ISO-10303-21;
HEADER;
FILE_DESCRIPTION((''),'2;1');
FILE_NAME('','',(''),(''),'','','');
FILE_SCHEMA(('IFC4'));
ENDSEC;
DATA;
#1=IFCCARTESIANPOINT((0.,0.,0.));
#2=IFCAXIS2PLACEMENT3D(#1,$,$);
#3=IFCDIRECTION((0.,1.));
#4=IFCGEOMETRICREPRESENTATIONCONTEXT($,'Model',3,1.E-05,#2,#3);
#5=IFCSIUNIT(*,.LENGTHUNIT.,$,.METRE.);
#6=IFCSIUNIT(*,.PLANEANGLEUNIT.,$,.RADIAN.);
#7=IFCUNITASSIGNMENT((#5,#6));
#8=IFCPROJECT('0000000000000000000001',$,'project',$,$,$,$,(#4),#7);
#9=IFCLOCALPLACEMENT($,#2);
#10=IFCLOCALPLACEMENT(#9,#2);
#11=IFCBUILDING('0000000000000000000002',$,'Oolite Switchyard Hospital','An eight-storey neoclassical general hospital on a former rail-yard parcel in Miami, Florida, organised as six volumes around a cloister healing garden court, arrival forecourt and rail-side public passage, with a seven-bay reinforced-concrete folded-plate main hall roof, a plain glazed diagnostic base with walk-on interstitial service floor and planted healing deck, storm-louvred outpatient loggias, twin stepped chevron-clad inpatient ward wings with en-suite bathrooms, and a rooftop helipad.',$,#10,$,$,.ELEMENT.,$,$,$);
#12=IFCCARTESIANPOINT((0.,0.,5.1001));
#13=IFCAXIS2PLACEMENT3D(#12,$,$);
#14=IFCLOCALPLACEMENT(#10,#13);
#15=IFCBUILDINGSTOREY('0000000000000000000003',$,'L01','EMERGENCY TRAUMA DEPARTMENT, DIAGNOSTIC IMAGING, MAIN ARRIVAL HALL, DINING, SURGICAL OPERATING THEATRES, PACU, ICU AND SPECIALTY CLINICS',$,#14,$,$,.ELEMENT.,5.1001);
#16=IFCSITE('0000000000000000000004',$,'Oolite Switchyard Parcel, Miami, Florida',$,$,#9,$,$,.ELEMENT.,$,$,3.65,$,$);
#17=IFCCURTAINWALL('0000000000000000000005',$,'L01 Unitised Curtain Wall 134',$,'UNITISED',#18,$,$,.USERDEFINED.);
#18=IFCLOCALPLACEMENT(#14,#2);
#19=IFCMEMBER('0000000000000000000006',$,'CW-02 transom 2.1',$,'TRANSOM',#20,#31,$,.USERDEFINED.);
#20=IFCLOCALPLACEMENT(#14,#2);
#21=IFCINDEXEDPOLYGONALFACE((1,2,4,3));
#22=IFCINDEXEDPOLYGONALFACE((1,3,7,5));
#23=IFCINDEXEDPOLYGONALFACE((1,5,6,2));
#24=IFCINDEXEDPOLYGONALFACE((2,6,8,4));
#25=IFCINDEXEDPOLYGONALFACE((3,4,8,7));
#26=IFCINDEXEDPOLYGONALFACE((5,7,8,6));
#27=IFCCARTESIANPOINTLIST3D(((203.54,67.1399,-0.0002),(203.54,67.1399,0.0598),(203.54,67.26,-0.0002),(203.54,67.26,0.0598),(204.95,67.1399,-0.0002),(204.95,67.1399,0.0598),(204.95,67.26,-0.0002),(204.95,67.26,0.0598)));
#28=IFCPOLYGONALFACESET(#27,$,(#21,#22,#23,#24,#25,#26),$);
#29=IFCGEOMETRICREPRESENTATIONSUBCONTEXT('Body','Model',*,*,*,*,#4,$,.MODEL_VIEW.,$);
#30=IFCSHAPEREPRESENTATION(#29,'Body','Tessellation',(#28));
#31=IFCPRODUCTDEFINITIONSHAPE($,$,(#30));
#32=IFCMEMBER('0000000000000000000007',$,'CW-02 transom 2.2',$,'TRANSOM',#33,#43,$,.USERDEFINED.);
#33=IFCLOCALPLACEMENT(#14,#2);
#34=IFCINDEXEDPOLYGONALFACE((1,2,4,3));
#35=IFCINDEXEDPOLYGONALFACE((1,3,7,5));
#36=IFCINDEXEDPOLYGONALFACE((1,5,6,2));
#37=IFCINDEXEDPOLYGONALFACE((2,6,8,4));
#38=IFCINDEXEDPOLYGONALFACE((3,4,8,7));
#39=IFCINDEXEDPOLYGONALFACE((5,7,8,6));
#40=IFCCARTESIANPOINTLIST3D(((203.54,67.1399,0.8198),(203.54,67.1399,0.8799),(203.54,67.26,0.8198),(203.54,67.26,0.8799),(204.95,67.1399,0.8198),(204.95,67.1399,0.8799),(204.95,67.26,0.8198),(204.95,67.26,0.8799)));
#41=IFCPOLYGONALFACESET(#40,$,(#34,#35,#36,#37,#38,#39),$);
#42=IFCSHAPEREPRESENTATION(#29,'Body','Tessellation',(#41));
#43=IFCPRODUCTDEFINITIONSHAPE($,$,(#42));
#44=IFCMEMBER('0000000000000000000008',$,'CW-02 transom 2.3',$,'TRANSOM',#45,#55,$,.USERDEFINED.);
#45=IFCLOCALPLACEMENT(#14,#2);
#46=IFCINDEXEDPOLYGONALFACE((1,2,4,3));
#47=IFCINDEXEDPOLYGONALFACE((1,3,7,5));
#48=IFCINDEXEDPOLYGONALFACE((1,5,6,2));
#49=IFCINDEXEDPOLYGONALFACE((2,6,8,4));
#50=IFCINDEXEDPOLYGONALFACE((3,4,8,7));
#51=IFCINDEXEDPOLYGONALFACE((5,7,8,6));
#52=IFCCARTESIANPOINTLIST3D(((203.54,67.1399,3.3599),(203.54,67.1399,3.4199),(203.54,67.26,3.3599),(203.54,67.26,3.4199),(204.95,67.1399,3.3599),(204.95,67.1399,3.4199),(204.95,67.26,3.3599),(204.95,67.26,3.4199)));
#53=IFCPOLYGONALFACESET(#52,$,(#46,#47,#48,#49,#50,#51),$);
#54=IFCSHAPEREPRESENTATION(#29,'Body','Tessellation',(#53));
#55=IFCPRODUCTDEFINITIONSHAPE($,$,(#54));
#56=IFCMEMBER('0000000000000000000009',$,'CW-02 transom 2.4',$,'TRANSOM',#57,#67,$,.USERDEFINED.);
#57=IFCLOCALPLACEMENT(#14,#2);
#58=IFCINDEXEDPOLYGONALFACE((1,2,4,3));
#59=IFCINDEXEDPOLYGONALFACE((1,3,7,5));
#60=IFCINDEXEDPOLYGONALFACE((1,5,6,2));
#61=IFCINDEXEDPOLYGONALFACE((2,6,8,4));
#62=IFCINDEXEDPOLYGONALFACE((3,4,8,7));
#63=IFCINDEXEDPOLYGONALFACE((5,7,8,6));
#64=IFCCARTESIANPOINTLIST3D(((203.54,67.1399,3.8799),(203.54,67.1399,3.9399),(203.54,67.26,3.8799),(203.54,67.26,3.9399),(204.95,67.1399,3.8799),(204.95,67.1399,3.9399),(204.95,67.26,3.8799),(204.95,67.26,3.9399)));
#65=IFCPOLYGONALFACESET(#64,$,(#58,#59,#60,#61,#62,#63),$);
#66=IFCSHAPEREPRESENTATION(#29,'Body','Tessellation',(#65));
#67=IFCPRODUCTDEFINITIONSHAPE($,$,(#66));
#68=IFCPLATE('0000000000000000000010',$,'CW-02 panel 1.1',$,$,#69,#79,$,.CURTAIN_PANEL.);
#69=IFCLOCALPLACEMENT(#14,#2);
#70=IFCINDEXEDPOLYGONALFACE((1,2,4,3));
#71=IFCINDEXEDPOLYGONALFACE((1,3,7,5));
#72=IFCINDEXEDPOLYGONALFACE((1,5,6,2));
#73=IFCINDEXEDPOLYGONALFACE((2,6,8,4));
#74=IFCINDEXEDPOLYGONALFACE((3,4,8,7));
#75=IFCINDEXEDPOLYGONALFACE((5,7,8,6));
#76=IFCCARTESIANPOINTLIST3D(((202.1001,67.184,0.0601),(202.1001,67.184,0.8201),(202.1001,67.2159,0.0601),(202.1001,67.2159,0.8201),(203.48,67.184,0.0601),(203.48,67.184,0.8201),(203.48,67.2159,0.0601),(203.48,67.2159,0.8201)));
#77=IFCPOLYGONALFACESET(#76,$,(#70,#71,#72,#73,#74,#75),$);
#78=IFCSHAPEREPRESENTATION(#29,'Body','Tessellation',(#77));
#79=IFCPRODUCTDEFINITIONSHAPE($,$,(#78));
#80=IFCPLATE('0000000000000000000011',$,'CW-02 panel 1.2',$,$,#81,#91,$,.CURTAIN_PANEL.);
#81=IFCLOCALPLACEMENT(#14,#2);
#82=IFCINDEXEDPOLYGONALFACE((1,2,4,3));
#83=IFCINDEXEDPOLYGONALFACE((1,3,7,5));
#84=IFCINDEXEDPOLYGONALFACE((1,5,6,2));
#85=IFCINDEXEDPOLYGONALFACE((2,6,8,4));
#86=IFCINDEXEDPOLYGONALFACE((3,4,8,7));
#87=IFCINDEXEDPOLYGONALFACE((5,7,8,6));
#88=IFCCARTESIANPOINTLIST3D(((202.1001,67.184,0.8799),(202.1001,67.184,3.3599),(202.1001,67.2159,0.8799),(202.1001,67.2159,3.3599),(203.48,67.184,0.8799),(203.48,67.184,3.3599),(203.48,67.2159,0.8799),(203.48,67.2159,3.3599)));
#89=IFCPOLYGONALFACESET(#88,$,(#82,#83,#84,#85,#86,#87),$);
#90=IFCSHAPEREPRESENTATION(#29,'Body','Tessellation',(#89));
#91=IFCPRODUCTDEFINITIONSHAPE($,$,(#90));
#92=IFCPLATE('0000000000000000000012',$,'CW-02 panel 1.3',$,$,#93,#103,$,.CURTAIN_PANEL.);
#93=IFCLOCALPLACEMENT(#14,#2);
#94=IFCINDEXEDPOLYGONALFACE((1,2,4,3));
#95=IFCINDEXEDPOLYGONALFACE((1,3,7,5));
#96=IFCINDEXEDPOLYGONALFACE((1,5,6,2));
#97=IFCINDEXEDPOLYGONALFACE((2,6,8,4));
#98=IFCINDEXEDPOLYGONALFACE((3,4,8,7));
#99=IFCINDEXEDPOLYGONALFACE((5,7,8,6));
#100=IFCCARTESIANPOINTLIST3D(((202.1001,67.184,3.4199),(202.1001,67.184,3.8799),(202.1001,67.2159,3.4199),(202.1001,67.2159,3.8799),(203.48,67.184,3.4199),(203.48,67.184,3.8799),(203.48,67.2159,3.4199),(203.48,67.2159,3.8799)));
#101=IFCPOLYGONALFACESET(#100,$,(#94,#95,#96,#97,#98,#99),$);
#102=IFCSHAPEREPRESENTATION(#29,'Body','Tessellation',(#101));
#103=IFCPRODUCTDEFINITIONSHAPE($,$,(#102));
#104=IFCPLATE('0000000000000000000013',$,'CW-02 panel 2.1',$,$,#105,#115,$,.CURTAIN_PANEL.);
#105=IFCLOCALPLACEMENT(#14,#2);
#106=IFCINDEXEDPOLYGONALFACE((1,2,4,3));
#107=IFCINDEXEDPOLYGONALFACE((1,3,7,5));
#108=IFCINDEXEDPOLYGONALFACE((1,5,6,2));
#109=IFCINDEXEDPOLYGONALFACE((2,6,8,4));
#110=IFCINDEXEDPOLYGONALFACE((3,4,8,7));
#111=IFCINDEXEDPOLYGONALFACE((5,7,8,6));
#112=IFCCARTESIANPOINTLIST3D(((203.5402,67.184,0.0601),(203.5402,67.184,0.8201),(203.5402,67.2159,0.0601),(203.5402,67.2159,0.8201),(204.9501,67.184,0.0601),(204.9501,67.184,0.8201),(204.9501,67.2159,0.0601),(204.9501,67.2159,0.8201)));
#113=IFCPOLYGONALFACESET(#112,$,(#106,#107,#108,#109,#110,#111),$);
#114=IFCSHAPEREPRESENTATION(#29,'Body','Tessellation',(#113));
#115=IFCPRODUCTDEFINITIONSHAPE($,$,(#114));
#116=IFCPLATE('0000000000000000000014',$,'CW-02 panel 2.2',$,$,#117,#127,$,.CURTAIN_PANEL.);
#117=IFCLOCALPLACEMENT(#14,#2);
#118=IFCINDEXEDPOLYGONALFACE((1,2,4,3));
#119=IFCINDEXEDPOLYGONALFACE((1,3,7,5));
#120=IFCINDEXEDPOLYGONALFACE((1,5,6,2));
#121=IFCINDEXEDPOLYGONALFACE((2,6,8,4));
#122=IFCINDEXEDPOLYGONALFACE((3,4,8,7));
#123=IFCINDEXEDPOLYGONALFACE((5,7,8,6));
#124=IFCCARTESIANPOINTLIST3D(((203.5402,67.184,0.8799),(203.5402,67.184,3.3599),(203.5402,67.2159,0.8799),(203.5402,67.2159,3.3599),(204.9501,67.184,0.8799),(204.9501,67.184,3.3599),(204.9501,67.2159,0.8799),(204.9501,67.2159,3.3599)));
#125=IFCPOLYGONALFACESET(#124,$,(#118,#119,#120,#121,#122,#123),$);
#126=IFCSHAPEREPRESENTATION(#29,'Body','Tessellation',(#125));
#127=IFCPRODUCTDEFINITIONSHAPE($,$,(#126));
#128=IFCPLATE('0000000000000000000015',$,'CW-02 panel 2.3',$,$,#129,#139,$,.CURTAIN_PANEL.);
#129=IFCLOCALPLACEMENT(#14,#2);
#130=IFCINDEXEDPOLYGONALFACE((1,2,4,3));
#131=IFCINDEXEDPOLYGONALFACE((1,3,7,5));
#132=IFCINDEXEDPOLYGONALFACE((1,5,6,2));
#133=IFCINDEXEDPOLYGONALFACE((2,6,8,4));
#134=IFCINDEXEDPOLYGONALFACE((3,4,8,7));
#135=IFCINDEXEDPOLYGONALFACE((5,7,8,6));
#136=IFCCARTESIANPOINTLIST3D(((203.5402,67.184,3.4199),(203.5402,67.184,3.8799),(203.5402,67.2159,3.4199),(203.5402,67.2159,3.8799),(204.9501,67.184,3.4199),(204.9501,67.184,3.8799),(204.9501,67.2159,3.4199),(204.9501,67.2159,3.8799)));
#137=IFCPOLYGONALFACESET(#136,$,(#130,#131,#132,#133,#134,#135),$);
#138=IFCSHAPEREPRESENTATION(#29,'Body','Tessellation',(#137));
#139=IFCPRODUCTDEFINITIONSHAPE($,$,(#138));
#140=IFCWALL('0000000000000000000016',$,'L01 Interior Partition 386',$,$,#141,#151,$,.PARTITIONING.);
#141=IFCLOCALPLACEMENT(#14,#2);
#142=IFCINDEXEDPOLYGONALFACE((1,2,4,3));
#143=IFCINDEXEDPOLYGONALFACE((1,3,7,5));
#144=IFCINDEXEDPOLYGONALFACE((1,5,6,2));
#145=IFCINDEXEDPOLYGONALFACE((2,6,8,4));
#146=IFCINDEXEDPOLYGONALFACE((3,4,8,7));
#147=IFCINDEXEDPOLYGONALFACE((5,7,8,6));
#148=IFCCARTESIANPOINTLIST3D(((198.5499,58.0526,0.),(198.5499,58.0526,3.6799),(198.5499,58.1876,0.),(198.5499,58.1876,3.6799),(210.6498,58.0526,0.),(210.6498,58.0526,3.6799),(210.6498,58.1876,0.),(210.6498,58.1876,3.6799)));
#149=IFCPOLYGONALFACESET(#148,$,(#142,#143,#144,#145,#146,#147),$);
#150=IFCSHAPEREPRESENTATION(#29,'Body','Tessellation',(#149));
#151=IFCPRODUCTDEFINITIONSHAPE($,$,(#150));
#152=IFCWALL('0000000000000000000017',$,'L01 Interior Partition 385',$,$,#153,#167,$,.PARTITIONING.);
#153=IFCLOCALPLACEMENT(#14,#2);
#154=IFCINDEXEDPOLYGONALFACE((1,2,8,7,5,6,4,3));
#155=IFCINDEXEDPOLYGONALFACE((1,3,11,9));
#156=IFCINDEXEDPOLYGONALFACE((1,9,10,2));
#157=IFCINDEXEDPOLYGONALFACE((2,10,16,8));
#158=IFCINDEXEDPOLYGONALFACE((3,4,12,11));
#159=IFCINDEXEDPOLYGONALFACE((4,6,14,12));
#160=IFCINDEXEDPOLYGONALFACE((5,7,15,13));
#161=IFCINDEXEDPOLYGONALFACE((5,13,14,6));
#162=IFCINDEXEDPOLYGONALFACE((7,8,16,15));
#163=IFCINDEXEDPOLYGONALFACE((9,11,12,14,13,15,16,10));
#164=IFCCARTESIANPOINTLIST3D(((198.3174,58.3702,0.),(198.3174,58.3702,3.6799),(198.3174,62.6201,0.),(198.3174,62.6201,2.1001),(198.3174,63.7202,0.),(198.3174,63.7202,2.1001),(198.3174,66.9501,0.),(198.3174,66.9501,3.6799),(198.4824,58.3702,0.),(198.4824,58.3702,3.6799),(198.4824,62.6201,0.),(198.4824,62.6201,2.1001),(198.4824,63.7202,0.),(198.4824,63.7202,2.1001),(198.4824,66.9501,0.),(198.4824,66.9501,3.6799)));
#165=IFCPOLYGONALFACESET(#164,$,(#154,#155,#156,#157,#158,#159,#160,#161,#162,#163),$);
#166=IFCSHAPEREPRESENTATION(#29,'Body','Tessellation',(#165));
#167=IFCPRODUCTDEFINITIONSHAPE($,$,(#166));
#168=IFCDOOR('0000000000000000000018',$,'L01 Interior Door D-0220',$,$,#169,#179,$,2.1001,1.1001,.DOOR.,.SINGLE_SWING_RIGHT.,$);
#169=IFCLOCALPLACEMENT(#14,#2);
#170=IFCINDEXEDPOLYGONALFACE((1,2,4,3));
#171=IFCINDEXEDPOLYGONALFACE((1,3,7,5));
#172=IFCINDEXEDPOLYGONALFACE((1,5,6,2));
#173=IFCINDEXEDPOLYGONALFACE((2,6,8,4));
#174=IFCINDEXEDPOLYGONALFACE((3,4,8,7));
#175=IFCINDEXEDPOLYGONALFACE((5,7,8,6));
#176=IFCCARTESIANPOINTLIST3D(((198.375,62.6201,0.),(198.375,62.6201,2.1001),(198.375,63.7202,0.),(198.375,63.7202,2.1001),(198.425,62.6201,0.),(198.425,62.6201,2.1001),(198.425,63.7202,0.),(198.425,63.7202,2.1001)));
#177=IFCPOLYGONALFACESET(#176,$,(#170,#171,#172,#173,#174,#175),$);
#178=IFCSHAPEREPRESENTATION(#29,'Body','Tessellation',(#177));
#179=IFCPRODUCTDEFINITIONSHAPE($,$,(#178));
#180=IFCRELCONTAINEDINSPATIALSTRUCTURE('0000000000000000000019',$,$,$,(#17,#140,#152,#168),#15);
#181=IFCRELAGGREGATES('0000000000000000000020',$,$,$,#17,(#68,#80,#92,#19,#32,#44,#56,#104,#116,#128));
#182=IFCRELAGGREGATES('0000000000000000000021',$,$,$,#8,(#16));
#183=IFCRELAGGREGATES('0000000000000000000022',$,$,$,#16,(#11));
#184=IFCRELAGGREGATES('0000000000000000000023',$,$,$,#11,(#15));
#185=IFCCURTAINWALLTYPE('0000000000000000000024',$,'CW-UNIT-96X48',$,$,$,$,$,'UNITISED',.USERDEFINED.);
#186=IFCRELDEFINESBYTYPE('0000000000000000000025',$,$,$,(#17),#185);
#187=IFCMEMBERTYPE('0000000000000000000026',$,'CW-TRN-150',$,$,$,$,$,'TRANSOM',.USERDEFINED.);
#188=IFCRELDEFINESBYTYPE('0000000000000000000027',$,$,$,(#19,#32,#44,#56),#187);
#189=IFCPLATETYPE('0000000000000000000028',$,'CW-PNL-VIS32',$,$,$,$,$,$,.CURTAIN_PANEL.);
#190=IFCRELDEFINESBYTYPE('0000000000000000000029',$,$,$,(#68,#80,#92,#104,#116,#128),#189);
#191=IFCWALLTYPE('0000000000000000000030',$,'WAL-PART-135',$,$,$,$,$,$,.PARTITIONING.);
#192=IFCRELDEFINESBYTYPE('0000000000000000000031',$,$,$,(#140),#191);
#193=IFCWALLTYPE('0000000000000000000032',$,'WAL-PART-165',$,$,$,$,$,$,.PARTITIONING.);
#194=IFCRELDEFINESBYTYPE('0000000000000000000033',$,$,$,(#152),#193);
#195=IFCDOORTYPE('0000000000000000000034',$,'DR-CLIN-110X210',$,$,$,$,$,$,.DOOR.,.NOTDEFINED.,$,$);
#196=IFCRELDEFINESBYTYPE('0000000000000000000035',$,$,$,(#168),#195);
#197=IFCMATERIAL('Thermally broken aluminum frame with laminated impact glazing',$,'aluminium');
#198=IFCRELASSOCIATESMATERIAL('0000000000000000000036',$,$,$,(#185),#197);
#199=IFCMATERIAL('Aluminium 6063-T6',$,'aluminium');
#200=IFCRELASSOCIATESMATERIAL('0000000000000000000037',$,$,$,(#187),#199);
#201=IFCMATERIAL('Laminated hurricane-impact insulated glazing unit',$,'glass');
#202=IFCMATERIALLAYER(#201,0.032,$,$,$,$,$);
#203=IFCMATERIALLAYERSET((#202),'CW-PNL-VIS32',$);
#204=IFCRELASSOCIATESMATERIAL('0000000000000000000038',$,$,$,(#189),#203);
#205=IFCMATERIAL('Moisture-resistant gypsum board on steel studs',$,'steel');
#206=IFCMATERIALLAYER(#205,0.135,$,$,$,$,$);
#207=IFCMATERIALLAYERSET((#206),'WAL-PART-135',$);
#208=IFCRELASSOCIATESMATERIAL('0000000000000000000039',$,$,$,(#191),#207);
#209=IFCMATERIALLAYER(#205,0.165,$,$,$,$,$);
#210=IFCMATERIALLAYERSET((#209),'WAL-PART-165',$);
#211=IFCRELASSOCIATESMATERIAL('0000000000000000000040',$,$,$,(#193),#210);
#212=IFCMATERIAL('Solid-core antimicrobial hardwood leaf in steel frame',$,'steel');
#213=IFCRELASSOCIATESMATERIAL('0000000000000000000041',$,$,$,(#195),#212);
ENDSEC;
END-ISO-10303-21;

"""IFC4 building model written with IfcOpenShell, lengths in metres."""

from ifc_helpers import new_model, si_unit, direction, frame, frame_2d, origin, origin_2d, place, context, subcontext, project, spatial, rectangle, extrude, material, layer, layer_set, material_profile, profile_set, type_object, element, fill, aggregate, save


model = new_model("IFC4")

# Units and contexts
model_context = context("Model", 3, precision=1e-05, world=origin(), true_north=direction((0.0, 1.0)))
body_context = subcontext(model_context, "Body", "Model", "MODEL_VIEW")
ifc_project = project(units=[si_unit("LENGTHUNIT", "METRE"), si_unit("PLANEANGLEUNIT", "RADIAN")], contexts=[model_context])

# Site, building, storey
site_placement = place(None, origin())
site = spatial("IfcSite", under=ifc_project, at=site_placement, Name="Oolite Switchyard Parcel, Miami, Florida", CompositionType="ELEMENT", RefElevation=3.65)
building_placement = place(site_placement, origin())
building = spatial("IfcBuilding", under=site, at=building_placement, Name="Oolite Switchyard Hospital", Description="An eight-storey neoclassical general hospital on a former rail-yard parcel in Miami, Florida, organised as six volumes around a cloister healing garden court, arrival forecourt and rail-side public passage, with a seven-bay reinforced-concrete folded-plate main hall roof, a plain glazed diagnostic base with walk-on interstitial service floor and planted healing deck, storm-louvred outpatient loggias, twin stepped chevron-clad inpatient ward wings with en-suite bathrooms, and a rooftop helipad.", CompositionType="ELEMENT")
storey_placement = place(building_placement, frame((0.0, 0.0, 5.1001)))
storey = spatial("IfcBuildingStorey", under=building, at=storey_placement, Name="L01", Description="EMERGENCY TRAUMA DEPARTMENT, DIAGNOSTIC IMAGING, MAIN ARRIVAL HALL, DINING, SURGICAL OPERATING THEATRES, PACU, ICU AND SPECIALTY CLINICS", CompositionType="ELEMENT", Elevation=5.1001)

# Curtain wall, members, plates
ifc_material_1 = material(Name="Thermally broken aluminum frame with laminated impact glazing", Category="aluminium")
curtain_wall_type = type_object("IfcCurtainWallType", Name="CW-UNIT-96X48", ElementType="UNITISED", PredefinedType="USERDEFINED", material=ifc_material_1)
curtain_wall_placement = place(storey_placement, origin())
curtain_wall = element("IfcCurtainWall", 1, at=curtain_wall_placement, inside=storey, type_object=curtain_wall_type, Name="L01 Unitised Curtain Wall 134", ObjectType="UNITISED", PredefinedType="USERDEFINED")
ifc_material_2 = material(Name="Aluminium 6063-T6", Category="aluminium")
ifc_material_profile_1 = material_profile(ifc_material_2, rectangle(XDim=0.1201, YDim=0.0601, at=origin_2d()), Name="CWT60X120")
ifc_profile_set_1 = profile_set([ifc_material_profile_1], Name="Aluminium 6063-T6")
member_type_1 = type_object("IfcMemberType", Name="CW-TRN-150", ElementType="TRANSOM", PredefinedType="USERDEFINED", material=ifc_profile_set_1)
member_1_placement = place(storey_placement, frame((203.54, 67.2, 0.0298), z_axis=(1.0, 0.0, 0.0), x_axis=(0.0, 1.0, 0.0)))
member_1 = element("IfcMember", 2, at=member_1_placement, type_object=member_type_1, Name="CW-02 transom 2.1", ObjectType="TRANSOM", PredefinedType="USERDEFINED", context=body_context, shape_type="SweptSolid", body=[
    extrude(rectangle(XDim=0.1201, YDim=0.0601, at=origin_2d()), origin(), (0.0, 0.0, 1.0), 1.4099),
])
member_2_placement = place(storey_placement, frame((203.54, 67.2, 0.8499), z_axis=(1.0, 0.0, 0.0), x_axis=(0.0, 1.0, 0.0)))
member_2 = element("IfcMember", 3, at=member_2_placement, type_object=member_type_1, Name="CW-02 transom 2.2", ObjectType="TRANSOM", PredefinedType="USERDEFINED", context=body_context, shape_type="SweptSolid", body=[
    extrude(rectangle(XDim=0.1201, YDim=0.0601, at=origin_2d()), origin(), (0.0, 0.0, 1.0), 1.4099),
])
member_3_placement = place(storey_placement, frame((203.54, 67.2, 3.3899), z_axis=(1.0, 0.0, 0.0), x_axis=(0.0, 1.0, 0.0)))
member_3 = element("IfcMember", 4, at=member_3_placement, type_object=member_type_1, Name="CW-02 transom 2.3", ObjectType="TRANSOM", PredefinedType="USERDEFINED", context=body_context, shape_type="SweptSolid", body=[
    extrude(rectangle(XDim=0.1201, YDim=0.0601, at=origin_2d()), origin(), (0.0, 0.0, 1.0), 1.4099),
])
member_4_placement = place(storey_placement, frame((203.54, 67.2, 3.9099), z_axis=(1.0, 0.0, 0.0), x_axis=(0.0, 1.0, 0.0)))
member_4 = element("IfcMember", 5, at=member_4_placement, type_object=member_type_1, Name="CW-02 transom 2.4", ObjectType="TRANSOM", PredefinedType="USERDEFINED", context=body_context, shape_type="SweptSolid", body=[
    extrude(rectangle(XDim=0.1201, YDim=0.0601, at=origin_2d()), origin(), (0.0, 0.0, 1.0), 1.4099),
])
ifc_material_3 = material(Name="Laminated hurricane-impact insulated glazing unit", Category="glass")
ifc_layer_1 = layer(ifc_material_3, 0.032)
ifc_layer_set_1 = layer_set([ifc_layer_1], Name="CW-PNL-VIS32")
plate_type = type_object("IfcPlateType", Name="CW-PNL-VIS32", PredefinedType="CURTAIN_PANEL", material=ifc_layer_set_1)
plate_1_placement = place(storey_placement, frame((202.79, 67.2, 0.0601), z_axis=(0.0, 0.0, 1.0), x_axis=(1.0, 0.0, 0.0)))
plate_1 = element("IfcPlate", 6, at=plate_1_placement, type_object=plate_type, Name="CW-02 panel 1.1", PredefinedType="CURTAIN_PANEL", context=body_context, shape_type="SweptSolid", body=[
    extrude(rectangle(XDim=1.3799, YDim=0.032, at=origin_2d()), origin(), (0.0, 0.0, 1.0), 0.76),
])
plate_2_placement = place(storey_placement, frame((202.79, 67.2, 0.8799), z_axis=(0.0, 0.0, 1.0), x_axis=(1.0, 0.0, 0.0)))
plate_2 = element("IfcPlate", 7, at=plate_2_placement, type_object=plate_type, Name="CW-02 panel 1.2", PredefinedType="CURTAIN_PANEL", context=body_context, shape_type="SweptSolid", body=[
    extrude(rectangle(XDim=1.3799, YDim=0.032, at=origin_2d()), origin(), (0.0, 0.0, 1.0), 2.48),
])
plate_3_placement = place(storey_placement, frame((202.79, 67.2, 3.4199), z_axis=(0.0, 0.0, 1.0), x_axis=(1.0, 0.0, 0.0)))
plate_3 = element("IfcPlate", 8, at=plate_3_placement, type_object=plate_type, Name="CW-02 panel 1.3", PredefinedType="CURTAIN_PANEL", context=body_context, shape_type="SweptSolid", body=[
    extrude(rectangle(XDim=1.3799, YDim=0.032, at=origin_2d()), origin(), (0.0, 0.0, 1.0), 0.46),
])
plate_4_placement = place(storey_placement, frame((204.2451, 67.2, 0.0601), z_axis=(0.0, 0.0, 1.0), x_axis=(1.0, 0.0, 0.0)))
plate_4 = element("IfcPlate", 9, at=plate_4_placement, type_object=plate_type, Name="CW-02 panel 2.1", PredefinedType="CURTAIN_PANEL", context=body_context, shape_type="SweptSolid", body=[
    extrude(rectangle(XDim=1.4099, YDim=0.032, at=origin_2d()), origin(), (0.0, 0.0, 1.0), 0.76),
])
plate_5_placement = place(storey_placement, frame((204.2451, 67.2, 0.8799), z_axis=(0.0, 0.0, 1.0), x_axis=(1.0, 0.0, 0.0)))
plate_5 = element("IfcPlate", 10, at=plate_5_placement, type_object=plate_type, Name="CW-02 panel 2.2", PredefinedType="CURTAIN_PANEL", context=body_context, shape_type="SweptSolid", body=[
    extrude(rectangle(XDim=1.4099, YDim=0.032, at=origin_2d()), origin(), (0.0, 0.0, 1.0), 2.48),
])
plate_6_placement = place(storey_placement, frame((204.2451, 67.2, 3.4199), z_axis=(0.0, 0.0, 1.0), x_axis=(1.0, 0.0, 0.0)))
plate_6 = element("IfcPlate", 11, at=plate_6_placement, type_object=plate_type, Name="CW-02 panel 2.3", PredefinedType="CURTAIN_PANEL", context=body_context, shape_type="SweptSolid", body=[
    extrude(rectangle(XDim=1.4099, YDim=0.032, at=origin_2d()), origin(), (0.0, 0.0, 1.0), 0.46),
])
aggregate(curtain_wall, [plate_1, plate_2, plate_3, member_1, member_2, member_3, member_4, plate_4, plate_5, plate_6])

# Wall
ifc_material_4 = material(Name="Moisture-resistant gypsum board on steel studs", Category="steel")
ifc_layer_2 = layer(ifc_material_4, 0.135)
ifc_layer_set_2 = layer_set([ifc_layer_2], Name="WAL-PART-135")
wall_type_1 = type_object("IfcWallType", Name="WAL-PART-135", PredefinedType="PARTITIONING", material=ifc_layer_set_2)
wall_1_placement = place(storey_placement, frame((198.55, 58.1201, 0.0), z_axis=(0.0, 0.0, 1.0), x_axis=(1.0, 0.0, 0.0)))
element("IfcWall", 12, at=wall_1_placement, inside=storey, type_object=wall_type_1, Name="L01 Interior Partition 386", PredefinedType="PARTITIONING", context=body_context, shape_type="SweptSolid", body=[
    extrude(rectangle(XDim=12.0999, YDim=0.135, at=frame_2d((6.0498, 0.0))), origin(), (0.0, 0.0, 1.0), 3.6799),
])

# Wall, opening, door
ifc_layer_3 = layer(ifc_material_4, 0.165)
ifc_layer_set_3 = layer_set([ifc_layer_3], Name="WAL-PART-165")
wall_type_2 = type_object("IfcWallType", Name="WAL-PART-165", PredefinedType="PARTITIONING", material=ifc_layer_set_3)
wall_2_placement = place(storey_placement, frame((198.3999, 58.3701, 0.0), z_axis=(0.0, 0.0, 1.0), x_axis=(0.0, 1.0, 0.0)))
wall_2 = element("IfcWall", 13, at=wall_2_placement, inside=storey, type_object=wall_type_2, Name="L01 Interior Partition 385", PredefinedType="PARTITIONING", context=body_context, shape_type="SweptSolid", body=[
    extrude(rectangle(XDim=8.5798, YDim=0.165, at=frame_2d((4.29, 0.0))), origin(), (0.0, 0.0, 1.0), 3.6799),
])
opening_placement = place(wall_2_placement, frame((4.25, 0.0, 0.0)))
opening = element("IfcOpeningElement", 14, at=opening_placement, cuts=wall_2, PredefinedType="OPENING", context=body_context, shape_type="SweptSolid", body=[
    extrude(rectangle(XDim=1.1001, YDim=2.1001, at=frame_2d((0.55, 1.05))), frame((0.0, 0.0925, 0.0), z_axis=(0.0, -1.0, 0.0), x_axis=(1.0, 0.0, 0.0)), (0.0, 0.0, 1.0), 0.1851),
])
ifc_material_5 = material(Name="Solid-core antimicrobial hardwood leaf in steel frame", Category="steel")
door_type = type_object("IfcDoorType", Name="DR-CLIN-110X210", OperationType="NOTDEFINED", PredefinedType="DOOR", material=ifc_material_5)
door_placement = place(opening_placement, origin())
door = element("IfcDoor", 15, at=door_placement, inside=storey, type_object=door_type, Name="L01 Interior Door D-0220", OperationType="SINGLE_SWING_RIGHT", OverallHeight=2.1001, OverallWidth=1.1001, PredefinedType="DOOR", context=body_context, shape_type="SweptSolid", body=[
    extrude(rectangle(XDim=1.1001, YDim=2.1001, at=frame_2d((0.55, 1.05))), frame((0.0, 0.0249, 0.0), z_axis=(0.0, -1.0, 0.0), x_axis=(1.0, 0.0, 0.0)), (0.0, 0.0, 1.0), 0.05),
])
fill(opening, door)

save(model, "model.ifc")
